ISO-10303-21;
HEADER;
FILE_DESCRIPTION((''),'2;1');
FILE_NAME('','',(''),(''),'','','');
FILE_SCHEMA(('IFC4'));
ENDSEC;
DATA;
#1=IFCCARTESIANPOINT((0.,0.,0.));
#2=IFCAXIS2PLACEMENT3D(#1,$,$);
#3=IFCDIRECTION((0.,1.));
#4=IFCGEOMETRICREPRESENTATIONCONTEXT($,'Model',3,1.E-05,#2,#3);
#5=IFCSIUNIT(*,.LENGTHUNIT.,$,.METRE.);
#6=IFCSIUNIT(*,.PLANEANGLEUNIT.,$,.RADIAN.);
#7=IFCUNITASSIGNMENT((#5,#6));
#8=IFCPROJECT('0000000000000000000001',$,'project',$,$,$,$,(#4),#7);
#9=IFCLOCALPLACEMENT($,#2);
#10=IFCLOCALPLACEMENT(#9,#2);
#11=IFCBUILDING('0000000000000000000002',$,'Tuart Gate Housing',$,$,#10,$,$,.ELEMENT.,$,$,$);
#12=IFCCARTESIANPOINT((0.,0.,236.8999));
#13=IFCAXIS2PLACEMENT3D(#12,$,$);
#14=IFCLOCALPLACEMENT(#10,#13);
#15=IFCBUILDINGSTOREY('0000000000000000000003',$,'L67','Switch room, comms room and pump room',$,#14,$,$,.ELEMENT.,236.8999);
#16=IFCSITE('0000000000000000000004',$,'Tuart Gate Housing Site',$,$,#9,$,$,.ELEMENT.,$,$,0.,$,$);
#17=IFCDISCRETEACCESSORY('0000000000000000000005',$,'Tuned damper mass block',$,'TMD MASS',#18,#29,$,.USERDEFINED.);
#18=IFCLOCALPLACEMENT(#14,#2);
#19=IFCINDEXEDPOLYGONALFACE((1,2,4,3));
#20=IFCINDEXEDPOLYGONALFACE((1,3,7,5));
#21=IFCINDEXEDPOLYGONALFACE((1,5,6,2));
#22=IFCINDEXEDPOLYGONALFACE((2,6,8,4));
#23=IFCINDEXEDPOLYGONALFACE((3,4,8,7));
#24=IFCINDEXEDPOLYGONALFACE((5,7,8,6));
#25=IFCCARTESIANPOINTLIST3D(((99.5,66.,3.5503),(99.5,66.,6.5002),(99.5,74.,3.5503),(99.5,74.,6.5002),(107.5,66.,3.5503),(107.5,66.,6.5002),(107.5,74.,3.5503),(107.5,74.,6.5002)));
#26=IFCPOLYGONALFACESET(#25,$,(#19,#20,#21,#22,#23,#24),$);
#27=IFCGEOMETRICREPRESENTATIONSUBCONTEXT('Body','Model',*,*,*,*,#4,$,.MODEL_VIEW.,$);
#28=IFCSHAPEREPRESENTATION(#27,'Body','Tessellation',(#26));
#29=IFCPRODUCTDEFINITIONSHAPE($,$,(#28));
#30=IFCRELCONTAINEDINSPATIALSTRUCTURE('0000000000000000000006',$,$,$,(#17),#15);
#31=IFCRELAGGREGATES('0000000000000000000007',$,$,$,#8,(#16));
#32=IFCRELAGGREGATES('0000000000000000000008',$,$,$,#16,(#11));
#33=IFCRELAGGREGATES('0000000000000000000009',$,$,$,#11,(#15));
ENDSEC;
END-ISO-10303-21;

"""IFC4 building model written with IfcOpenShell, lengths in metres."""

from ifc_helpers import new_model, si_unit, direction, frame, origin, origin_2d, place, context, subcontext, project, spatial, rectangle, extrude, element, save


model = new_model("IFC4")

# Units and contexts
model_context = context("Model", 3, precision=1e-05, world=origin(), true_north=direction((0.0, 1.0)))
body_context = subcontext(model_context, "Body", "Model", "MODEL_VIEW")
ifc_project = project(units=[si_unit("LENGTHUNIT", "METRE"), si_unit("PLANEANGLEUNIT", "RADIAN")], contexts=[model_context])

# Site, building, storey
site_placement = place(None, origin())
site = spatial("IfcSite", under=ifc_project, at=site_placement, Name="Tuart Gate Housing Site", CompositionType="ELEMENT", RefElevation=0.0)
building_placement = place(site_placement, origin())
building = spatial("IfcBuilding", under=site, at=building_placement, Name="Tuart Gate Housing", CompositionType="ELEMENT")
storey_placement = place(building_placement, frame((0.0, 0.0, 236.8999)))
storey = spatial("IfcBuildingStorey", under=building, at=storey_placement, Name="L67", Description="Switch room, comms room and pump room", CompositionType="ELEMENT", Elevation=236.8999)

# Discrete accessory
discrete_accessory_placement = place(storey_placement, frame((103.5, 70.0, 3.5503), z_axis=(0.0, 0.0, 1.0), x_axis=(1.0, 0.0, 0.0)))
element("IfcDiscreteAccessory", 1, at=discrete_accessory_placement, inside=storey, Name="Tuned damper mass block", ObjectType="TMD MASS", PredefinedType="USERDEFINED", context=body_context, shape_type="SweptSolid", body=[
    extrude(rectangle(XDim=8.0, YDim=8.0, at=origin_2d()), origin(), (0.0, 0.0, 1.0), 2.95),
])

save(model, "model.ifc")
